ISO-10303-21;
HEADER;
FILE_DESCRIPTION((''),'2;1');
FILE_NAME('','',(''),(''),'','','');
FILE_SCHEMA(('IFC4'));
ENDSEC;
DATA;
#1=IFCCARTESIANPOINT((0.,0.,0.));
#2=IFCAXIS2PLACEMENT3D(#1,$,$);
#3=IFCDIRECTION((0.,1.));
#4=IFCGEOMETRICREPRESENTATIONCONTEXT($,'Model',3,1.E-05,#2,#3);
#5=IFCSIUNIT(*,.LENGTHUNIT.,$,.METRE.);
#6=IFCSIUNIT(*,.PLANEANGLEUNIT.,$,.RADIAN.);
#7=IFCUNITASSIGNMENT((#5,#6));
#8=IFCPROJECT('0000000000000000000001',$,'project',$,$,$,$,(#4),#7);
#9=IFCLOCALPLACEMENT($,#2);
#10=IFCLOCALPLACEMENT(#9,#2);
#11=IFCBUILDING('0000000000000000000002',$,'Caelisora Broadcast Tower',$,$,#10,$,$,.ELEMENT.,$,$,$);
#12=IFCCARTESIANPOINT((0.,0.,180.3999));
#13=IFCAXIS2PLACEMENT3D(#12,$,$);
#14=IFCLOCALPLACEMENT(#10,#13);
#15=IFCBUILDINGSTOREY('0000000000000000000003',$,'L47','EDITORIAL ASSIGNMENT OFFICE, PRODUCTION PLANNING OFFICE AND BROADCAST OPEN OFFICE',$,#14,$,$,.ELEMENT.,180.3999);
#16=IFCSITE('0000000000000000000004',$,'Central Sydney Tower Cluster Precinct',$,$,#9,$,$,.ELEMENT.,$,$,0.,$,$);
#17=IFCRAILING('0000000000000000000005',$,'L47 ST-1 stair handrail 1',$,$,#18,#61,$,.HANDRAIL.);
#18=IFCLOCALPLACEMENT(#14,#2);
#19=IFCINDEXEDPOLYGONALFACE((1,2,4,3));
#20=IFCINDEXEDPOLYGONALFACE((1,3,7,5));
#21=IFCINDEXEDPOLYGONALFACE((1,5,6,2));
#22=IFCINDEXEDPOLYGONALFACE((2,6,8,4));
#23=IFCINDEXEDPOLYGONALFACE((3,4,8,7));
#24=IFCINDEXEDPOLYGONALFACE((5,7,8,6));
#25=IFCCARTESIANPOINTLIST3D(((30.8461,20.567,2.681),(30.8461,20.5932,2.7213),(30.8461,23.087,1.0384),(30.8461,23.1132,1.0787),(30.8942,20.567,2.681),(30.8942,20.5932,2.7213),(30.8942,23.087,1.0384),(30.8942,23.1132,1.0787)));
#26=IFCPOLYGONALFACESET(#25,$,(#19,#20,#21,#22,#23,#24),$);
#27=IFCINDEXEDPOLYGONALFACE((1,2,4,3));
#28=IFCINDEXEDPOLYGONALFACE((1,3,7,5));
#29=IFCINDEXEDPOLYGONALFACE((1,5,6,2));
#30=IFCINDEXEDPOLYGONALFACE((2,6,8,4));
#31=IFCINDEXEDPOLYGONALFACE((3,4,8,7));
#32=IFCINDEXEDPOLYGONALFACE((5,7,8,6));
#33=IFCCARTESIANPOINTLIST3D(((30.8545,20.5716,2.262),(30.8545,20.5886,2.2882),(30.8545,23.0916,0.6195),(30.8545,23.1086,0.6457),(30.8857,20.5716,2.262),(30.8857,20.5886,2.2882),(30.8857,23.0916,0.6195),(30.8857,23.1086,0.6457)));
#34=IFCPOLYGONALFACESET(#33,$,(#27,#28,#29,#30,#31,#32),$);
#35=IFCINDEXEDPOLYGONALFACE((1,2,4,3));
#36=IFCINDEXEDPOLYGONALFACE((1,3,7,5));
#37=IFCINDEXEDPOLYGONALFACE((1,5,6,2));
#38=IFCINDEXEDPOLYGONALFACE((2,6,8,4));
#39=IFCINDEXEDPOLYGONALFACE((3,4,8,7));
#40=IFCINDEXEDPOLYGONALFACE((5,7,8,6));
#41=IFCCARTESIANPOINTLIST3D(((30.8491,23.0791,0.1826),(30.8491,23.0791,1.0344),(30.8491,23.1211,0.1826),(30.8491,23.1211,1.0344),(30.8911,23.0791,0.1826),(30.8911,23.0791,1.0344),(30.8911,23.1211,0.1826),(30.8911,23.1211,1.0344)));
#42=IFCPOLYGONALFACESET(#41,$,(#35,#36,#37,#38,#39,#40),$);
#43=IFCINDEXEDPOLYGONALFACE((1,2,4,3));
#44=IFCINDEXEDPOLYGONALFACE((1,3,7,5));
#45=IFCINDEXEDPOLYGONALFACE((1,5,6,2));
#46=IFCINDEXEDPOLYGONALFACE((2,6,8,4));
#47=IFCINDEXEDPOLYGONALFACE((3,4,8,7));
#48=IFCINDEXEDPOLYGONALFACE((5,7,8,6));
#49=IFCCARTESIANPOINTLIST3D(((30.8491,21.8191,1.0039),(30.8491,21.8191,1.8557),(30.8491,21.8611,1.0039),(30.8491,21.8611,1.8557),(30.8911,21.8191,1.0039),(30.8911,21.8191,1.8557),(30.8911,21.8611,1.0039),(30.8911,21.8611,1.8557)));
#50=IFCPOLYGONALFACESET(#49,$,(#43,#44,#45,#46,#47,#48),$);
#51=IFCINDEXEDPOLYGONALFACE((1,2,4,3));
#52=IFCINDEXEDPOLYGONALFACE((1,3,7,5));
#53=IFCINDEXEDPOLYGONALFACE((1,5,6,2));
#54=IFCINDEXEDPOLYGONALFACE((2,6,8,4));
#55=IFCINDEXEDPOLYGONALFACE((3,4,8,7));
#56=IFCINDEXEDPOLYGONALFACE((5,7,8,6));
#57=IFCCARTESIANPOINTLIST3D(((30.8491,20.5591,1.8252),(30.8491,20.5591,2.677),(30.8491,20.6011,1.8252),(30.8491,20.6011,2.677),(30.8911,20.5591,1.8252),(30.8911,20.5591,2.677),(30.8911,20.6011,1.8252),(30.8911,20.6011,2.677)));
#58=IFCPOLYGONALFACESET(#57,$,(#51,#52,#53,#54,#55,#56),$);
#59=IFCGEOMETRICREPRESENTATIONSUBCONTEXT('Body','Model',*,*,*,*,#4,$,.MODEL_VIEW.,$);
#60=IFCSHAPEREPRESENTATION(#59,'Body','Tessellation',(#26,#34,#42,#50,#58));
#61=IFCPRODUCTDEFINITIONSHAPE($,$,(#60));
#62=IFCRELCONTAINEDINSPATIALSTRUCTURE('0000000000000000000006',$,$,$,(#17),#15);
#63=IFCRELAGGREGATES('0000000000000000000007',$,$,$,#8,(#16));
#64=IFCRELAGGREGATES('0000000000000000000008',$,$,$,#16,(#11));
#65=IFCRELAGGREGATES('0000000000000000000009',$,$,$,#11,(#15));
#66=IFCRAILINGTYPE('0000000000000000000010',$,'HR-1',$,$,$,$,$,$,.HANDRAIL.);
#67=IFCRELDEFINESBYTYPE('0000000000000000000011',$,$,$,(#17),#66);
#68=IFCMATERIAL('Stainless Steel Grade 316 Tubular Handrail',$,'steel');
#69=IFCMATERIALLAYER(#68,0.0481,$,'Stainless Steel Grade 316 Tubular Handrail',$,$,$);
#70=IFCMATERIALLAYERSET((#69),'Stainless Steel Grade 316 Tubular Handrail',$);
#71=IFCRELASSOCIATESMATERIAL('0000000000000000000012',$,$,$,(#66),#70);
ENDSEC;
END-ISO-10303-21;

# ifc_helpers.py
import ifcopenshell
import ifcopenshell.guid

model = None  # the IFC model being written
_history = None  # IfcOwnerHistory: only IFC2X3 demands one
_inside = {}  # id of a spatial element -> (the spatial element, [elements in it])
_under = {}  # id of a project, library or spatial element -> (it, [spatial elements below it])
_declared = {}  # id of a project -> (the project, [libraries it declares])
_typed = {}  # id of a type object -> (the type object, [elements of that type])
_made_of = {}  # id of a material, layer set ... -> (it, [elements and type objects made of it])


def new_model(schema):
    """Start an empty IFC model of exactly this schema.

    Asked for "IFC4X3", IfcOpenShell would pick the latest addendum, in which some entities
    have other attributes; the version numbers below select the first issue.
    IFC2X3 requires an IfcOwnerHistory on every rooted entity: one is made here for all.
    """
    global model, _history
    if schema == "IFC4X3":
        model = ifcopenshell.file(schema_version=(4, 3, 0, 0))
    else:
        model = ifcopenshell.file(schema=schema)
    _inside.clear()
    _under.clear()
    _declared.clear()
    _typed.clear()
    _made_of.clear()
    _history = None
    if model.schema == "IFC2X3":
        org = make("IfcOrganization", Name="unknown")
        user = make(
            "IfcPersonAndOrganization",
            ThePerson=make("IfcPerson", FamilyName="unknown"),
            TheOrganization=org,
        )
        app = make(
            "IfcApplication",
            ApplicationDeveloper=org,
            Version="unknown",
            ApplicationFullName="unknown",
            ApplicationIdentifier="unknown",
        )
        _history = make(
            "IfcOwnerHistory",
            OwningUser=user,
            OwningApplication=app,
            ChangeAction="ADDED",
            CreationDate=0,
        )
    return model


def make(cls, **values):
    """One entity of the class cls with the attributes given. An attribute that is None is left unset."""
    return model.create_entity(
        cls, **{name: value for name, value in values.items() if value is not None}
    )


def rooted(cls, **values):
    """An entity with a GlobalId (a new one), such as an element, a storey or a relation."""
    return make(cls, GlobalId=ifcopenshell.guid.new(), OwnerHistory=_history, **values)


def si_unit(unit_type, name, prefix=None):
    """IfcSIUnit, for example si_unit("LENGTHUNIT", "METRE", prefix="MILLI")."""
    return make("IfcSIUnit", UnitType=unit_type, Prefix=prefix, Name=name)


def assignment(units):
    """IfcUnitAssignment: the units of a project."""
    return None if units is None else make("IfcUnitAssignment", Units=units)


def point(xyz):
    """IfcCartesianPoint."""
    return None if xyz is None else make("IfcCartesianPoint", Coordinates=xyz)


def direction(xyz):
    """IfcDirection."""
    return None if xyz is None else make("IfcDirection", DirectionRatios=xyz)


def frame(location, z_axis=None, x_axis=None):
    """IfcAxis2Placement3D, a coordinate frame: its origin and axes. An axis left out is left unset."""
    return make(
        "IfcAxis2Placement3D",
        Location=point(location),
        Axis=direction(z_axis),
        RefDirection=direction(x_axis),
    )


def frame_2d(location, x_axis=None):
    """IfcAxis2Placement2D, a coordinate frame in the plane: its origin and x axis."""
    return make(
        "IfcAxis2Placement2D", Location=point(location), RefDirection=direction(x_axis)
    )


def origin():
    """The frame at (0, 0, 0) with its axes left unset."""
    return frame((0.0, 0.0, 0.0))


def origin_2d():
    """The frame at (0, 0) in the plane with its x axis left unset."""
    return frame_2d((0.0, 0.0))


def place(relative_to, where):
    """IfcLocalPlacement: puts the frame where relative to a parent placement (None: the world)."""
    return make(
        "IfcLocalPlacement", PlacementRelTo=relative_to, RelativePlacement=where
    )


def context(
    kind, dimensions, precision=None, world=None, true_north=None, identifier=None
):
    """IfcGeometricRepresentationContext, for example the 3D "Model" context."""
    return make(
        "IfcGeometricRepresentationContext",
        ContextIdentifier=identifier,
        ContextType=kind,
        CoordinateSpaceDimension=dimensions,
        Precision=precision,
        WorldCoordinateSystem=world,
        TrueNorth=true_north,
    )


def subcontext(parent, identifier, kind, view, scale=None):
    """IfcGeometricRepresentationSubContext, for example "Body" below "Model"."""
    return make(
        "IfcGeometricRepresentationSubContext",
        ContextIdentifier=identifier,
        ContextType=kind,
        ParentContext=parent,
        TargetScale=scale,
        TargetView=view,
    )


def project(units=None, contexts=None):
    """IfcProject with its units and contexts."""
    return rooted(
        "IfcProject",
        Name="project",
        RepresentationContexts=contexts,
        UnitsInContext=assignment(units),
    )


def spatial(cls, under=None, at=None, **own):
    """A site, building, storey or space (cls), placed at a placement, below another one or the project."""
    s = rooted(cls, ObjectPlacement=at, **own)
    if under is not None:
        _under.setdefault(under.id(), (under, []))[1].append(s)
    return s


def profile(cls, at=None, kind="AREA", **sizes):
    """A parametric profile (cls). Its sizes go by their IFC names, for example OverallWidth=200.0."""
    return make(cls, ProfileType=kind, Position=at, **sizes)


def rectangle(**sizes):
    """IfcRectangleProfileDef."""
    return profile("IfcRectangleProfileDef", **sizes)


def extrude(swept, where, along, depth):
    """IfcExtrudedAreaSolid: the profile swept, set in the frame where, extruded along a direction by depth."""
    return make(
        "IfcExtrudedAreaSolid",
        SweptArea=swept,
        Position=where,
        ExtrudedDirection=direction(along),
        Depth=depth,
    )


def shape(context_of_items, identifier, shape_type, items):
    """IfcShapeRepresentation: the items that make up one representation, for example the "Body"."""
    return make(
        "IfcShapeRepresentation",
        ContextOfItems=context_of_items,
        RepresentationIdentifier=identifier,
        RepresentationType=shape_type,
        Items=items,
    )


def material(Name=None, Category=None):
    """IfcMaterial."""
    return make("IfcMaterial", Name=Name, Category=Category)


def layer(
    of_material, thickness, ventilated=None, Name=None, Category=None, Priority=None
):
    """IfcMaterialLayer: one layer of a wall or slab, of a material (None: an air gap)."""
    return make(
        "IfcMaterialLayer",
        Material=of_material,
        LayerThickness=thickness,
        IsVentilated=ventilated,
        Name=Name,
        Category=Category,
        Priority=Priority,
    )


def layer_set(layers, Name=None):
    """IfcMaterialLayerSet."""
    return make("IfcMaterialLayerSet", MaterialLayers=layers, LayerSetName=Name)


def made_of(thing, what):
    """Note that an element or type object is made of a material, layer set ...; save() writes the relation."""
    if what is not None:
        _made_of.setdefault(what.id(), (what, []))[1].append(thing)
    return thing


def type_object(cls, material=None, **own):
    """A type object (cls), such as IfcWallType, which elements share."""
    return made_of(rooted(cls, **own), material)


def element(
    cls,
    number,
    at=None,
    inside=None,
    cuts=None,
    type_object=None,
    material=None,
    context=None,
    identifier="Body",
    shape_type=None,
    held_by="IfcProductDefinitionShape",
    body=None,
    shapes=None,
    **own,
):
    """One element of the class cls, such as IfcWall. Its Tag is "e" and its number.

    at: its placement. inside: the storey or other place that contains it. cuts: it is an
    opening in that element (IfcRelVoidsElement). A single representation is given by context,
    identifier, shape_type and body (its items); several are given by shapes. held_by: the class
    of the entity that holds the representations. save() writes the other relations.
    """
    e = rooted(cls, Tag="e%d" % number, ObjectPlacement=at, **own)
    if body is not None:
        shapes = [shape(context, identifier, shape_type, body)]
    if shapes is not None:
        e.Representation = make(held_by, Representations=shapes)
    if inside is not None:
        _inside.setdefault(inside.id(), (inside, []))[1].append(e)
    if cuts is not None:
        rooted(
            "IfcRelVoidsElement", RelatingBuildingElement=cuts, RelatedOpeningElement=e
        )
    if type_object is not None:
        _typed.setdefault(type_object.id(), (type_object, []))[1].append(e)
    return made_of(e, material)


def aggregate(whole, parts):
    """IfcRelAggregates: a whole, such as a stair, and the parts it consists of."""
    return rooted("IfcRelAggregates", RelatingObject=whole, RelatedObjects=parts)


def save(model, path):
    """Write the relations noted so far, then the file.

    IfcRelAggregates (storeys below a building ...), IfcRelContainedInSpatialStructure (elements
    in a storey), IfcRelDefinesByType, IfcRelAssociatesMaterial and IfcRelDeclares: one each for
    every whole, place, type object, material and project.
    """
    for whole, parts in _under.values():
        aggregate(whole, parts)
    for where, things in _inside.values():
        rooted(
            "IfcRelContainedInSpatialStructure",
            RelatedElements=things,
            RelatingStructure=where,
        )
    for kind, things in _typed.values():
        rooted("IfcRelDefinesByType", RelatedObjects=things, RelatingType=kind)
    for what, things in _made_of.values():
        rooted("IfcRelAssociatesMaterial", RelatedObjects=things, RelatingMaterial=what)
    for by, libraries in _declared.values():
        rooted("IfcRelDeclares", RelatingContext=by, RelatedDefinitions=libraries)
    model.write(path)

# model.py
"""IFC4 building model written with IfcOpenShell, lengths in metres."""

from ifc_helpers import new_model, si_unit, direction, frame, origin, origin_2d, place, context, subcontext, project, spatial, rectangle, extrude, material, layer, layer_set, type_object, element, save


model = new_model("IFC4")

# Units and contexts
model_context = context("Model", 3, precision=1e-05, world=origin(), true_north=direction((0.0, 1.0)))
body_context = subcontext(model_context, "Body", "Model", "MODEL_VIEW")
ifc_project = project(units=[si_unit("LENGTHUNIT", "METRE"), si_unit("PLANEANGLEUNIT", "RADIAN")], contexts=[model_context])

# Site, building, storey
site_placement = place(None, origin())
site = spatial("IfcSite", under=ifc_project, at=site_placement, Name="Central Sydney Tower Cluster Precinct", CompositionType="ELEMENT", RefElevation=0.0)
building_placement = place(site_placement, origin())
building = spatial("IfcBuilding", under=site, at=building_placement, Name="Caelisora Broadcast Tower", CompositionType="ELEMENT")
storey_placement = place(building_placement, frame((0.0, 0.0, 180.3999)))
storey = spatial("IfcBuildingStorey", under=building, at=storey_placement, Name="L47", Description="EDITORIAL ASSIGNMENT OFFICE, PRODUCTION PLANNING OFFICE AND BROADCAST OPEN OFFICE", CompositionType="ELEMENT", Elevation=180.3999)

# Railing
ifc_material_1 = material(Name="Stainless Steel Grade 316 Tubular Handrail", Category="steel")
ifc_layer_1 = layer(ifc_material_1, 0.0481, Name="Stainless Steel Grade 316 Tubular Handrail")
ifc_layer_set_1 = layer_set([ifc_layer_1], Name="Stainless Steel Grade 316 Tubular Handrail")
railing_type_1 = type_object("IfcRailingType", Name="HR-1", PredefinedType="HANDRAIL", material=ifc_layer_set_1)
railing_1_placement = place(storey_placement, frame((30.8701, 23.1001, 0.1826)))
element("IfcRailing", 1, at=railing_1_placement, inside=storey, type_object=railing_type_1, Name="L47 ST-1 stair handrail 1", PredefinedType="HANDRAIL", context=body_context, shape_type="SweptSolid", body=[
    extrude(rectangle(XDim=0.0481, YDim=0.0481, at=origin_2d()), frame((0.0, 0.0, 0.876), z_axis=(0.0, -0.837749, 0.546055), x_axis=(1.0, 0.0, 0.0)), (0.0, 0.0, 1.0), 3.0081),
    extrude(rectangle(XDim=0.0312, YDim=0.0312, at=origin_2d()), frame((0.0, 0.0, 0.45), z_axis=(0.0, -0.837749, 0.546055), x_axis=(1.0, 0.0, 0.0)), (0.0, 0.0, 1.0), 3.0081),
    extrude(rectangle(XDim=0.042, YDim=0.042, at=origin_2d()), origin(), (0.0, 0.0, 1.0), 0.8518),
    extrude(rectangle(XDim=0.042, YDim=0.042, at=origin_2d()), frame((0.0, -1.26, 0.8213)), (0.0, 0.0, 1.0), 0.8518),
    extrude(rectangle(XDim=0.042, YDim=0.042, at=origin_2d()), frame((0.0, -2.52, 1.6426)), (0.0, 0.0, 1.0), 0.8518),
])

save(model, "model.ifc")
